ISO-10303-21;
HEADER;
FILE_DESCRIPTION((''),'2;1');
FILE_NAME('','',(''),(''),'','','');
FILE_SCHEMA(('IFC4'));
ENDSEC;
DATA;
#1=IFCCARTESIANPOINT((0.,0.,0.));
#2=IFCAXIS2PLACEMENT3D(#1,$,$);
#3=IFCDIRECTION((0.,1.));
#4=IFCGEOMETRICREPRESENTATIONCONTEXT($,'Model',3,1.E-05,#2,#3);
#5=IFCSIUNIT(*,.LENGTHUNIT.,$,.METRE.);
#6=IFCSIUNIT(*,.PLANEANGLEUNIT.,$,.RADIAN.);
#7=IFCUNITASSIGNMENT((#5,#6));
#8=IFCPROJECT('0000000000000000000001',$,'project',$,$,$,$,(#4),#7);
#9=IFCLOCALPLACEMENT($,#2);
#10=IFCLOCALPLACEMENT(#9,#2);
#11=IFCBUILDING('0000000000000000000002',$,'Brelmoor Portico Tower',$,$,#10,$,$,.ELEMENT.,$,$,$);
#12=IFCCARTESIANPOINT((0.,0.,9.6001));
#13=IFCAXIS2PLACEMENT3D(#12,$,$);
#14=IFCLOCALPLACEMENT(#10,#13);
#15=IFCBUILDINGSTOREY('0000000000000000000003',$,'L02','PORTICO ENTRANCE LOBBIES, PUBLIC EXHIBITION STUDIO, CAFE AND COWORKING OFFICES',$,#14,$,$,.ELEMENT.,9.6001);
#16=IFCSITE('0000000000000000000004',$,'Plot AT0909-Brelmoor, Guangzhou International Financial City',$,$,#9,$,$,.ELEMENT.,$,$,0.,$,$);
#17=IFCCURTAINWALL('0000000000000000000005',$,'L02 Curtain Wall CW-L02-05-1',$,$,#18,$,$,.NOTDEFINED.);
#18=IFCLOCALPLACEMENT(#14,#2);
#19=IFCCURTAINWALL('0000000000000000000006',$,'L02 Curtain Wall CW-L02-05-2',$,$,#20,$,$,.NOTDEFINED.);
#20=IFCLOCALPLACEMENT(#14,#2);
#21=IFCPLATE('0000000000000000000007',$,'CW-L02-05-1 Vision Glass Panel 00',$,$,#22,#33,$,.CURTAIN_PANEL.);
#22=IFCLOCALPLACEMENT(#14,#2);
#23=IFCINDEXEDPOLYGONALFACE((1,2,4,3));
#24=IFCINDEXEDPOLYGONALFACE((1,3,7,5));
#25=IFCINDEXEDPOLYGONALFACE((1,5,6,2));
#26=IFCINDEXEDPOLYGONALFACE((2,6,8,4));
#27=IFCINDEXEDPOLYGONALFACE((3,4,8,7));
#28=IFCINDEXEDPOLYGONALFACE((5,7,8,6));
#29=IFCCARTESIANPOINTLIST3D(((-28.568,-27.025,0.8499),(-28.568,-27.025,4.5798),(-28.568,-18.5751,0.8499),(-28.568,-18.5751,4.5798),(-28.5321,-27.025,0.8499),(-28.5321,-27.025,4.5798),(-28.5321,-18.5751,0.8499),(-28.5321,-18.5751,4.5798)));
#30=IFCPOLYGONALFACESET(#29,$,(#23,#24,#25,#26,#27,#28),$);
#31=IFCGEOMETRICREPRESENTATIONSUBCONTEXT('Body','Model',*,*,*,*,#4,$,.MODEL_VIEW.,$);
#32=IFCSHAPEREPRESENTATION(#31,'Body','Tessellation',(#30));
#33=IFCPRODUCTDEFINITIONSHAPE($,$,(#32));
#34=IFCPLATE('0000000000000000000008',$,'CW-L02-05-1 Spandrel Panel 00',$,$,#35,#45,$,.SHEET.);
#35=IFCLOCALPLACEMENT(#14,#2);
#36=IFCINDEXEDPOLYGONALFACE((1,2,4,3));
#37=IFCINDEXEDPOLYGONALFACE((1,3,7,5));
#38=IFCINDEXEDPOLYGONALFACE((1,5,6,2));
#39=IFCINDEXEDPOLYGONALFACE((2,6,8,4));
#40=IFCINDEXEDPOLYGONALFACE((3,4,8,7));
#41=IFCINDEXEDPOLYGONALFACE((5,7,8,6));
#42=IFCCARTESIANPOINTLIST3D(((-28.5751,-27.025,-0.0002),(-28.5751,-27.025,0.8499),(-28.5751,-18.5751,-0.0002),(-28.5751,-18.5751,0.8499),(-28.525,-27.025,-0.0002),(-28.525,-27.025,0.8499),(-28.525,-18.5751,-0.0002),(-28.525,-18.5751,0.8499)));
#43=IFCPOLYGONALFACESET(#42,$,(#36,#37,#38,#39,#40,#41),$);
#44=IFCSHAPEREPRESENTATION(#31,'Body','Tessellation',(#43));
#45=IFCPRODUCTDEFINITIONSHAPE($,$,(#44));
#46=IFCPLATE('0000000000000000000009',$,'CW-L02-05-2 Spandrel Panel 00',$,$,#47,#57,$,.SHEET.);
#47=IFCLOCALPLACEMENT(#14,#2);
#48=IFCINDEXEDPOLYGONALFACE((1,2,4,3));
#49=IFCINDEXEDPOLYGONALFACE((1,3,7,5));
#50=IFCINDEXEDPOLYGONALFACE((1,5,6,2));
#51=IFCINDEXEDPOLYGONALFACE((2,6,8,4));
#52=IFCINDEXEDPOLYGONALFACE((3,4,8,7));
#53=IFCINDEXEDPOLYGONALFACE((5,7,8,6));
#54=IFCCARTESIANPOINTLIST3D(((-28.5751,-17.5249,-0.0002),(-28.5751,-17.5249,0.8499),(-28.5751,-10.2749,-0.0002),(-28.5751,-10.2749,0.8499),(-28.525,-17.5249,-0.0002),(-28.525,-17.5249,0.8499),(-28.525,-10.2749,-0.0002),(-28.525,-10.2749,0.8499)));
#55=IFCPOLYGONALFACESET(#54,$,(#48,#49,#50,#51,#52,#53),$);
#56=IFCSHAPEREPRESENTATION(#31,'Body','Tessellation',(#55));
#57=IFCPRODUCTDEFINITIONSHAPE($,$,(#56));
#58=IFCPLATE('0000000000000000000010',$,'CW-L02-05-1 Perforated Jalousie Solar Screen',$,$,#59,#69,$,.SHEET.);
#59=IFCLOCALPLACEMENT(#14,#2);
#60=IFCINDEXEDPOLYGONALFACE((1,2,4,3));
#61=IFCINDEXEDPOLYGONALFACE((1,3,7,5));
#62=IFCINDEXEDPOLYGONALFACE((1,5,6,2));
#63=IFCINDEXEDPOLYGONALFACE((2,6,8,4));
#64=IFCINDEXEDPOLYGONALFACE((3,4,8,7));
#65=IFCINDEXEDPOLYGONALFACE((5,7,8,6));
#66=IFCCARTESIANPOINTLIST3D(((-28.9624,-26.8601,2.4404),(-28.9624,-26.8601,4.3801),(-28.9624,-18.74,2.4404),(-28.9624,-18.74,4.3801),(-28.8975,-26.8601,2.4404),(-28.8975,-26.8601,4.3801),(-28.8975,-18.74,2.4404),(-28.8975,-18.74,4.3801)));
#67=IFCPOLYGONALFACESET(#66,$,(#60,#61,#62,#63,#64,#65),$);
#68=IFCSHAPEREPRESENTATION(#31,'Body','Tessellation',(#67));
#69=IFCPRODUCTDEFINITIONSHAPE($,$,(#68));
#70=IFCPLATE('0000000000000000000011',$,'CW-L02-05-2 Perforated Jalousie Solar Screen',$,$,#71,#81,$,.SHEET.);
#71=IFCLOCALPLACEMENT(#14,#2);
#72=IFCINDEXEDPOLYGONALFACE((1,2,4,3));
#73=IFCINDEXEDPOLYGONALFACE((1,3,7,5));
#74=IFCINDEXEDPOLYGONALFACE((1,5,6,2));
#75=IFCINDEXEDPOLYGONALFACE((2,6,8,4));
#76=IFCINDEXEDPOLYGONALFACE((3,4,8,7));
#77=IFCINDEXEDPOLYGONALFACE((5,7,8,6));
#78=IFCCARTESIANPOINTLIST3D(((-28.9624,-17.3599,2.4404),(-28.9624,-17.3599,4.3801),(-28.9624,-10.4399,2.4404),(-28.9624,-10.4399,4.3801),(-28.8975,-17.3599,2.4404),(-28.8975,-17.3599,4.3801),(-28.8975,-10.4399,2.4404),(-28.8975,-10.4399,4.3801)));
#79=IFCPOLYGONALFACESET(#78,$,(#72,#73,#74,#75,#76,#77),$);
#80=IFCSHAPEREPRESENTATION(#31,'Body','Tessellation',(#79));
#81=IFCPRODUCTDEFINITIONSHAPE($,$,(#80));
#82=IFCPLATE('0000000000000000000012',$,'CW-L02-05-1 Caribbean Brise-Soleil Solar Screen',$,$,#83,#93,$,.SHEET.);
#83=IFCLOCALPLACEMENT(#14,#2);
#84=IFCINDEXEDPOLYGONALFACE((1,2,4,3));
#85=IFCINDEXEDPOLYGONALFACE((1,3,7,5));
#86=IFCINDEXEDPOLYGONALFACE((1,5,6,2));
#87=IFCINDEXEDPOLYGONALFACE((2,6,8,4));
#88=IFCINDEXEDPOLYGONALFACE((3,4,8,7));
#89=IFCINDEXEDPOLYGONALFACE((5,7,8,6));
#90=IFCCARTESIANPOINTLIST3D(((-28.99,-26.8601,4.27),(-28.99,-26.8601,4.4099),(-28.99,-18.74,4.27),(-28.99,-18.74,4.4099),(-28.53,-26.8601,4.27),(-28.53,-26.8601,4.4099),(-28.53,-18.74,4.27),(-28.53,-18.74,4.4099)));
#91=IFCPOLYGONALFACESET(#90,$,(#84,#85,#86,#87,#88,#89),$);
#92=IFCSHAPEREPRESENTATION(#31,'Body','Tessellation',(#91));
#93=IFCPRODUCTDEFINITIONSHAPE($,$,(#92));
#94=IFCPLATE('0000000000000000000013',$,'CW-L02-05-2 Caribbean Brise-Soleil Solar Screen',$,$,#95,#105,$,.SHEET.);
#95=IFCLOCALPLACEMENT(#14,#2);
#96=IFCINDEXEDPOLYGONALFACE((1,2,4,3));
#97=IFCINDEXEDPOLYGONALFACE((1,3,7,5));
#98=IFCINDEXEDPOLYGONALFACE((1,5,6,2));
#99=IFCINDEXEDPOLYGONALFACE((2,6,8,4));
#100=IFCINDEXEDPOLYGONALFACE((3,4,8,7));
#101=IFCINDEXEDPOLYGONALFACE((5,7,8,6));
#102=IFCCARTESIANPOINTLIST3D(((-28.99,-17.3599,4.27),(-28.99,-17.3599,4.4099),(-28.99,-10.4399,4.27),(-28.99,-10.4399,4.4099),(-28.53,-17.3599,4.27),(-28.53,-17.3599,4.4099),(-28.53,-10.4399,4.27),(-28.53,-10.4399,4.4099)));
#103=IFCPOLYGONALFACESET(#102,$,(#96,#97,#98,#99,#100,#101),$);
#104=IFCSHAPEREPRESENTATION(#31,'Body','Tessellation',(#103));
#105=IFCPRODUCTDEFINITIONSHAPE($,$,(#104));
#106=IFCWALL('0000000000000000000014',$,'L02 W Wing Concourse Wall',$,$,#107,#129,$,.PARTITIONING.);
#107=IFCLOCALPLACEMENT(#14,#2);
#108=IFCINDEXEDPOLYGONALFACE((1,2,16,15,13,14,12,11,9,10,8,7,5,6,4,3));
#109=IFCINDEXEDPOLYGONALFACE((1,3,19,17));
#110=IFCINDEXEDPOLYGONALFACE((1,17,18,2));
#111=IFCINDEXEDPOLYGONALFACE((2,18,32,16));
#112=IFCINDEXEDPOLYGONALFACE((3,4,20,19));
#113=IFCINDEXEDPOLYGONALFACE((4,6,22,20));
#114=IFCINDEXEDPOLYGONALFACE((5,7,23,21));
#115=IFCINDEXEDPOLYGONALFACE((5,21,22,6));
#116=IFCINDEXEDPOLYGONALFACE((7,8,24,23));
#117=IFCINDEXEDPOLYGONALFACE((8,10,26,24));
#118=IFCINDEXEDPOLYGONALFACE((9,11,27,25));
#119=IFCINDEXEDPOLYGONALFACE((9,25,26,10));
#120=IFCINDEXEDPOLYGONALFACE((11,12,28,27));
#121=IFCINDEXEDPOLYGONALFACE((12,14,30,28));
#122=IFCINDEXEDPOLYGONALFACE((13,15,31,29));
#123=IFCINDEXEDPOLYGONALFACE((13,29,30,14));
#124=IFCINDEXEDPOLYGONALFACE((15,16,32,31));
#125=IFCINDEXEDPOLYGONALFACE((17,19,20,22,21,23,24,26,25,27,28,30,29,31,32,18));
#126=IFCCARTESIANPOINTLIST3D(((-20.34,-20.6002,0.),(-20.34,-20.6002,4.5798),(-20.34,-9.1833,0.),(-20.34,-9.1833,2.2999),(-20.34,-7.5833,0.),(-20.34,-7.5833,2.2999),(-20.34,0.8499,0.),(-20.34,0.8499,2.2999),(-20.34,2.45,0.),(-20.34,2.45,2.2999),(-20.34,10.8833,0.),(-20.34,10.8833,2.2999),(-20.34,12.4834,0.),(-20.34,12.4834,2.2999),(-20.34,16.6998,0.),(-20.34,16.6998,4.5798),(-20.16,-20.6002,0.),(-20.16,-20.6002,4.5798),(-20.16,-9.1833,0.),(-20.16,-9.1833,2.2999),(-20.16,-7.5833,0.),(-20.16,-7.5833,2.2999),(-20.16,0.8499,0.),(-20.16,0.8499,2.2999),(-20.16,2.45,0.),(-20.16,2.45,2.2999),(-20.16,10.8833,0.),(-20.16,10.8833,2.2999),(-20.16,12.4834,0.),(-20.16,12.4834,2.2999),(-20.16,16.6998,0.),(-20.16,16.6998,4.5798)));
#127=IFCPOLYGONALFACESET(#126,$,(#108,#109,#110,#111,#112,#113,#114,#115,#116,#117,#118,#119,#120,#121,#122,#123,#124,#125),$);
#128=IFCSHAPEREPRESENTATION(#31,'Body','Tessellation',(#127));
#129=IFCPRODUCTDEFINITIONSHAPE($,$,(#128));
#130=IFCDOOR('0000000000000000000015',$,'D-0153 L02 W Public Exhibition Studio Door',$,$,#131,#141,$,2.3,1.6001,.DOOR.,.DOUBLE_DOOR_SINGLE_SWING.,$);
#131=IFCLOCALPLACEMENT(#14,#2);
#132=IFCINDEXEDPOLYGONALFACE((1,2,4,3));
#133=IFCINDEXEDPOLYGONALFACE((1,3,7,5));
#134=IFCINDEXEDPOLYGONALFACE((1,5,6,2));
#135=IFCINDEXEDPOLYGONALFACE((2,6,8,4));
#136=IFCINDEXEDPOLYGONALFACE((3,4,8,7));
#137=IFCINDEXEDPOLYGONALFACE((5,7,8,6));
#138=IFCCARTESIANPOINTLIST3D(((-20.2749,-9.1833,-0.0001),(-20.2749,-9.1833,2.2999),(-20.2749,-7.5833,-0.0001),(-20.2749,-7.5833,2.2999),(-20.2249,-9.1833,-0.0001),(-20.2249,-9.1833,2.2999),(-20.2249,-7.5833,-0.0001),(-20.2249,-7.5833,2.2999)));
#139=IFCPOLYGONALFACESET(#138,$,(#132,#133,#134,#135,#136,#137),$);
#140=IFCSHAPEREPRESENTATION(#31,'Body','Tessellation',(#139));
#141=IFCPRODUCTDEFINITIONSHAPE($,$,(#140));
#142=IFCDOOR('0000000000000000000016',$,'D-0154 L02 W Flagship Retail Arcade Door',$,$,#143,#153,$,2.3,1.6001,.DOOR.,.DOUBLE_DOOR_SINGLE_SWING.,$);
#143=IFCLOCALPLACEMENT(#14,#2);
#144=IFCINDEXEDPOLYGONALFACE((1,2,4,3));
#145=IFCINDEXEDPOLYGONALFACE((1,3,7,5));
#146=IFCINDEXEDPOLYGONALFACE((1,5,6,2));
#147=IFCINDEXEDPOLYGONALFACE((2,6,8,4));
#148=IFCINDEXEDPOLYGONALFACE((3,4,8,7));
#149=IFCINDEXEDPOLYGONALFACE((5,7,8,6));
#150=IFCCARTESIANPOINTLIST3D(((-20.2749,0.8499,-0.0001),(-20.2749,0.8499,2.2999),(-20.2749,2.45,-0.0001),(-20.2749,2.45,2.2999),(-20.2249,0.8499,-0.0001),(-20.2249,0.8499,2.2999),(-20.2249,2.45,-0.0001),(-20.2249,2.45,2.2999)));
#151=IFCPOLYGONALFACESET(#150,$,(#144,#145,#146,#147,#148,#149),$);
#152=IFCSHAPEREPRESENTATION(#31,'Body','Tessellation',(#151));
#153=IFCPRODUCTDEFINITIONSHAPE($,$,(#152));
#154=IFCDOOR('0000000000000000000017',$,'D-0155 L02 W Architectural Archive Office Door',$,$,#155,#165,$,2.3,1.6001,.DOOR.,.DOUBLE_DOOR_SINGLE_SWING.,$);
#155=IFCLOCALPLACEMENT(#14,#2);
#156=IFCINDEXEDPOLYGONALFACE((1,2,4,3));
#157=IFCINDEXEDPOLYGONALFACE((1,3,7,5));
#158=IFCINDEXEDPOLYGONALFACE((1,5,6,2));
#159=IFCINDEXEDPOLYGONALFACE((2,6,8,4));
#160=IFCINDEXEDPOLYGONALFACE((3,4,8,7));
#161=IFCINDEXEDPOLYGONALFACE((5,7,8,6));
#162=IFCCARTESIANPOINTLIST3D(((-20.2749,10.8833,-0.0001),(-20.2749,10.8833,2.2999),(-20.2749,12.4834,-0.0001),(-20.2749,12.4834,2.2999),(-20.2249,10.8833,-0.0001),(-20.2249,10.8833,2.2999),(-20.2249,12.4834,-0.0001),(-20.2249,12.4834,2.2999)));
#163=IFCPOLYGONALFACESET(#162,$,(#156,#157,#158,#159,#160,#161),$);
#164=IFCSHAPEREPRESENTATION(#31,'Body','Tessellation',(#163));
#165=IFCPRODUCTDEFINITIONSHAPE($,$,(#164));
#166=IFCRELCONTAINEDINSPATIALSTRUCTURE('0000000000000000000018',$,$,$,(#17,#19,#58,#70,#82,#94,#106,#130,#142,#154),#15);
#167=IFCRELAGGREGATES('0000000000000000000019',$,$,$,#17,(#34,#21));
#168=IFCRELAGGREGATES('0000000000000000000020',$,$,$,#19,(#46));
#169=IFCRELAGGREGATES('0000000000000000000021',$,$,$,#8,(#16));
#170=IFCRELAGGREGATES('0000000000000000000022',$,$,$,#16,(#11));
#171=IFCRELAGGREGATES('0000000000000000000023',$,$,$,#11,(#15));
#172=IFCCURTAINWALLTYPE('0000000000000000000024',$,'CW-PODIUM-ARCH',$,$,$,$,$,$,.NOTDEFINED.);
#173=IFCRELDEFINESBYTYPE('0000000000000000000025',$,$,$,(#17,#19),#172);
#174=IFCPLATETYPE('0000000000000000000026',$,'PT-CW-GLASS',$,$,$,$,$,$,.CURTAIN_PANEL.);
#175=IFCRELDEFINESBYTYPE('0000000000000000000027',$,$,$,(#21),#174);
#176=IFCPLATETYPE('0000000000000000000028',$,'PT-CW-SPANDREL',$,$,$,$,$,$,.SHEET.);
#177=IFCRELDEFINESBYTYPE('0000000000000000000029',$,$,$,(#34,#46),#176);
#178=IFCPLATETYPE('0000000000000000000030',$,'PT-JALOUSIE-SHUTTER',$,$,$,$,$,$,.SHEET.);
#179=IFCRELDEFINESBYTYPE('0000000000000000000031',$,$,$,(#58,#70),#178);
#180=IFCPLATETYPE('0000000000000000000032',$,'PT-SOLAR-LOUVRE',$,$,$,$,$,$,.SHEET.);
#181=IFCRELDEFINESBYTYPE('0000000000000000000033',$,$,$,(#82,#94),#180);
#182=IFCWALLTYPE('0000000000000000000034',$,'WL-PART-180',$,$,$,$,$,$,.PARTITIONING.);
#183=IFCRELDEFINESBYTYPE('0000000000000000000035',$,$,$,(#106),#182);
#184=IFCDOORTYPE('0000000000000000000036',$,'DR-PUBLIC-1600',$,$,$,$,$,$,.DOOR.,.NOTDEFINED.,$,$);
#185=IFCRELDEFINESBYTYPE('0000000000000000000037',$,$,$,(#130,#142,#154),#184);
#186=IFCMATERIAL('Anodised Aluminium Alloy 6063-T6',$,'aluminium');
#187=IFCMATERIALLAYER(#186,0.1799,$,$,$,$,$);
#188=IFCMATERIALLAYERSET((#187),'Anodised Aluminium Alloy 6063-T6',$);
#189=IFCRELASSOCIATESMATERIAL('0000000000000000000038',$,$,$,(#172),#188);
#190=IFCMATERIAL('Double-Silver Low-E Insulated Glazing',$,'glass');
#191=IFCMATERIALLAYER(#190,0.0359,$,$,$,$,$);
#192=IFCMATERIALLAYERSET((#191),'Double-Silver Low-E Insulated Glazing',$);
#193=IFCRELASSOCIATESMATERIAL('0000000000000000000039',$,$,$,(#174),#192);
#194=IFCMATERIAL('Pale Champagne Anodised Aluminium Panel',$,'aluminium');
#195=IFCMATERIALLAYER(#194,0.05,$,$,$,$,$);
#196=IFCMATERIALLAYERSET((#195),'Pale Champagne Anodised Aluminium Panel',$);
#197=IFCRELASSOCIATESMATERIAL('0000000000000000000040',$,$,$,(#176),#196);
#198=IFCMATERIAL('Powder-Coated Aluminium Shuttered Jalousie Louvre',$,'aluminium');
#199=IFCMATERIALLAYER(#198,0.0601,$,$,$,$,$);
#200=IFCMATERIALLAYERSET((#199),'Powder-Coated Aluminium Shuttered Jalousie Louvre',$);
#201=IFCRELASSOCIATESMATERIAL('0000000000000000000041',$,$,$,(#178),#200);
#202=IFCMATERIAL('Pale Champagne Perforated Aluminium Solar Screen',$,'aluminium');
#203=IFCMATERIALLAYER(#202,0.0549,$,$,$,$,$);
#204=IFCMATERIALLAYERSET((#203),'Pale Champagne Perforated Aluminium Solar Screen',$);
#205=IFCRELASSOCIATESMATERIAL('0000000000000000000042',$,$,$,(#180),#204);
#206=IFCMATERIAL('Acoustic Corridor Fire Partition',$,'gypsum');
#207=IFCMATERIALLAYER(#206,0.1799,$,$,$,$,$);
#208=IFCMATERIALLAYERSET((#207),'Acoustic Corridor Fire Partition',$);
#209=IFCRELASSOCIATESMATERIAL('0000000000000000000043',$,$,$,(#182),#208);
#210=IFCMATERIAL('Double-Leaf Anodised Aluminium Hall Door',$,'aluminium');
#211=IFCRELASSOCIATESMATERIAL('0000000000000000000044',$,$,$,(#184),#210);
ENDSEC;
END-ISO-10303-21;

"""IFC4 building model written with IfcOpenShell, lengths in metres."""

from ifc_helpers import new_model, si_unit, direction, frame, frame_2d, origin, origin_2d, place, context, subcontext, project, spatial, rectangle, extrude, material, layer, layer_set, type_object, element, fill, aggregate, save


model = new_model("IFC4")

# Units and contexts
model_context = context("Model", 3, precision=1e-05, world=origin(), true_north=direction((0.0, 1.0)))
body_context = subcontext(model_context, "Body", "Model", "MODEL_VIEW")
ifc_project = project(units=[si_unit("LENGTHUNIT", "METRE"), si_unit("PLANEANGLEUNIT", "RADIAN")], contexts=[model_context])

# Site, building, storey
site_placement = place(None, origin())
site = spatial("IfcSite", under=ifc_project, at=site_placement, Name="Plot AT0909-Brelmoor, Guangzhou International Financial City", CompositionType="ELEMENT", RefElevation=0.0)
building_placement = place(site_placement, origin())
building = spatial("IfcBuilding", under=site, at=building_placement, Name="Brelmoor Portico Tower", CompositionType="ELEMENT")
storey_placement = place(building_placement, frame((0.0, 0.0, 9.6001)))
storey = spatial("IfcBuildingStorey", under=building, at=storey_placement, Name="L02", Description="PORTICO ENTRANCE LOBBIES, PUBLIC EXHIBITION STUDIO, CAFE AND COWORKING OFFICES", CompositionType="ELEMENT", Elevation=9.6001)

# Curtain walls
ifc_material_1 = material(Name="Anodised Aluminium Alloy 6063-T6", Category="aluminium")
ifc_layer_1 = layer(ifc_material_1, 0.1799)
ifc_layer_set_1 = layer_set([ifc_layer_1], Name="Anodised Aluminium Alloy 6063-T6")
curtain_wall_type = type_object("IfcCurtainWallType", Name="CW-PODIUM-ARCH", PredefinedType="NOTDEFINED", material=ifc_layer_set_1)
curtain_wall_1_placement = place(storey_placement, origin())
curtain_wall_1 = element("IfcCurtainWall", 1, at=curtain_wall_1_placement, inside=storey, type_object=curtain_wall_type, Name="L02 Curtain Wall CW-L02-05-1", PredefinedType="NOTDEFINED")
curtain_wall_2_placement = place(storey_placement, origin())
curtain_wall_2 = element("IfcCurtainWall", 2, at=curtain_wall_2_placement, inside=storey, type_object=curtain_wall_type, Name="L02 Curtain Wall CW-L02-05-2", PredefinedType="NOTDEFINED")

# Plates
ifc_material_2 = material(Name="Double-Silver Low-E Insulated Glazing", Category="glass")
ifc_layer_2 = layer(ifc_material_2, 0.0359)
ifc_layer_set_2 = layer_set([ifc_layer_2], Name="Double-Silver Low-E Insulated Glazing")
plate_type_1 = type_object("IfcPlateType", Name="PT-CW-GLASS", PredefinedType="CURTAIN_PANEL", material=ifc_layer_set_2)
plate_1_placement = place(storey_placement, frame((-28.55, -22.8, 0.8499), z_axis=(0.0, 0.0, 1.0), x_axis=(0.0, 1.0, 0.0)))
plate_1 = element("IfcPlate", 3, at=plate_1_placement, type_object=plate_type_1, Name="CW-L02-05-1 Vision Glass Panel 00", PredefinedType="CURTAIN_PANEL", context=body_context, shape_type="SweptSolid", body=[
    extrude(rectangle(XDim=8.45, YDim=0.0359, at=origin_2d()), origin(), (0.0, 0.0, 1.0), 3.73),
])
ifc_material_3 = material(Name="Pale Champagne Anodised Aluminium Panel", Category="aluminium")
ifc_layer_3 = layer(ifc_material_3, 0.05)
ifc_layer_set_3 = layer_set([ifc_layer_3], Name="Pale Champagne Anodised Aluminium Panel")
plate_type_2 = type_object("IfcPlateType", Name="PT-CW-SPANDREL", PredefinedType="SHEET", material=ifc_layer_set_3)
plate_2_placement = place(storey_placement, frame((-28.55, -22.8, -0.0002), z_axis=(0.0, 0.0, 1.0), x_axis=(0.0, 1.0, 0.0)))
plate_2 = element("IfcPlate", 4, at=plate_2_placement, type_object=plate_type_2, Name="CW-L02-05-1 Spandrel Panel 00", PredefinedType="SHEET", context=body_context, shape_type="SweptSolid", body=[
    extrude(rectangle(XDim=8.45, YDim=0.05, at=origin_2d()), origin(), (0.0, 0.0, 1.0), 0.8501),
])
aggregate(curtain_wall_1, [plate_2, plate_1])
plate_3_placement = place(storey_placement, frame((-28.55, -13.8999, -0.0002), z_axis=(0.0, 0.0, 1.0), x_axis=(0.0, 1.0, 0.0)))
plate_3 = element("IfcPlate", 5, at=plate_3_placement, type_object=plate_type_2, Name="CW-L02-05-2 Spandrel Panel 00", PredefinedType="SHEET", context=body_context, shape_type="SweptSolid", body=[
    extrude(rectangle(XDim=7.25, YDim=0.05, at=origin_2d()), origin(), (0.0, 0.0, 1.0), 0.8501),
])
aggregate(curtain_wall_2, [plate_3])

# Plates
ifc_material_4 = material(Name="Powder-Coated Aluminium Shuttered Jalousie Louvre", Category="aluminium")
ifc_layer_4 = layer(ifc_material_4, 0.0601)
ifc_layer_set_4 = layer_set([ifc_layer_4], Name="Powder-Coated Aluminium Shuttered Jalousie Louvre")
plate_type_3 = type_object("IfcPlateType", Name="PT-JALOUSIE-SHUTTER", PredefinedType="SHEET", material=ifc_layer_set_4)
plate_4_placement = place(storey_placement, frame((-28.9299, -22.8, 2.4404), z_axis=(0.0, 0.0, 1.0), x_axis=(0.0, 1.0, 0.0)))
element("IfcPlate", 6, at=plate_4_placement, inside=storey, type_object=plate_type_3, Name="CW-L02-05-1 Perforated Jalousie Solar Screen", PredefinedType="SHEET", context=body_context, shape_type="SweptSolid", body=[
    extrude(rectangle(XDim=8.1201, YDim=0.0649, at=origin_2d()), origin(), (0.0, 0.0, 1.0), 1.9397),
])
plate_5_placement = place(storey_placement, frame((-28.9299, -13.8999, 2.4404), z_axis=(0.0, 0.0, 1.0), x_axis=(0.0, 1.0, 0.0)))
element("IfcPlate", 7, at=plate_5_placement, inside=storey, type_object=plate_type_3, Name="CW-L02-05-2 Perforated Jalousie Solar Screen", PredefinedType="SHEET", context=body_context, shape_type="SweptSolid", body=[
    extrude(rectangle(XDim=6.9199, YDim=0.0649, at=origin_2d()), origin(), (0.0, 0.0, 1.0), 1.9397),
])
ifc_material_5 = material(Name="Pale Champagne Perforated Aluminium Solar Screen", Category="aluminium")
ifc_layer_5 = layer(ifc_material_5, 0.0549)
ifc_layer_set_5 = layer_set([ifc_layer_5], Name="Pale Champagne Perforated Aluminium Solar Screen")
plate_type_4 = type_object("IfcPlateType", Name="PT-SOLAR-LOUVRE", PredefinedType="SHEET", material=ifc_layer_set_5)
plate_6_placement = place(storey_placement, frame((-28.76, -22.8, 4.27), z_axis=(0.0, 0.0, 1.0), x_axis=(0.0, 1.0, 0.0)))
element("IfcPlate", 8, at=plate_6_placement, inside=storey, type_object=plate_type_4, Name="CW-L02-05-1 Caribbean Brise-Soleil Solar Screen", PredefinedType="SHEET", context=body_context, shape_type="SweptSolid", body=[
    extrude(rectangle(XDim=8.1201, YDim=0.46, at=origin_2d()), origin(), (0.0, 0.0, 1.0), 0.1399),
])
plate_7_placement = place(storey_placement, frame((-28.76, -13.8999, 4.27), z_axis=(0.0, 0.0, 1.0), x_axis=(0.0, 1.0, 0.0)))
element("IfcPlate", 9, at=plate_7_placement, inside=storey, type_object=plate_type_4, Name="CW-L02-05-2 Caribbean Brise-Soleil Solar Screen", PredefinedType="SHEET", context=body_context, shape_type="SweptSolid", body=[
    extrude(rectangle(XDim=6.9199, YDim=0.46, at=origin_2d()), origin(), (0.0, 0.0, 1.0), 0.1399),
])

# Wall, openings, doors
ifc_material_6 = material(Name="Acoustic Corridor Fire Partition", Category="gypsum")
ifc_layer_6 = layer(ifc_material_6, 0.1799)
ifc_layer_set_6 = layer_set([ifc_layer_6], Name="Acoustic Corridor Fire Partition")
wall_type = type_object("IfcWallType", Name="WL-PART-180", PredefinedType="PARTITIONING", material=ifc_layer_set_6)
wall_1_placement = place(storey_placement, frame((-20.25, -20.6001, 0.0), z_axis=(0.0, 0.0, 1.0), x_axis=(0.0, 1.0, 0.0)))
wall_1 = element("IfcWall", 10, at=wall_1_placement, inside=storey, type_object=wall_type, Name="L02 W Wing Concourse Wall", PredefinedType="PARTITIONING", context=body_context, shape_type="SweptSolid", body=[
    extrude(rectangle(XDim=37.3, YDim=0.1799, at=frame_2d((18.6499, 0.0))), origin(), (0.0, 0.0, 1.0), 4.5798),
])
opening_1_placement = place(wall_1_placement, frame((11.4167, 0.0, 0.0)))
opening_1 = element("IfcOpeningElement", 11, at=opening_1_placement, cuts=wall_1, PredefinedType="OPENING", context=body_context, shape_type="SweptSolid", body=[
    extrude(rectangle(XDim=1.6001, YDim=2.3, at=frame_2d((0.8, 1.1499))), frame((0.0, 0.0999, 0.0), z_axis=(0.0, -1.0, 0.0), x_axis=(1.0, 0.0, 0.0)), (0.0, 0.0, 1.0), 0.2),
])
opening_2_placement = place(wall_1_placement, frame((21.45, 0.0, 0.0)))
opening_2 = element("IfcOpeningElement", 12, at=opening_2_placement, cuts=wall_1, PredefinedType="OPENING", context=body_context, shape_type="SweptSolid", body=[
    extrude(rectangle(XDim=1.6001, YDim=2.3, at=frame_2d((0.8, 1.1499))), frame((0.0, 0.0999, 0.0), z_axis=(0.0, -1.0, 0.0), x_axis=(1.0, 0.0, 0.0)), (0.0, 0.0, 1.0), 0.2),
])
opening_3_placement = place(wall_1_placement, frame((31.4834, 0.0, 0.0)))
opening_3 = element("IfcOpeningElement", 13, at=opening_3_placement, cuts=wall_1, PredefinedType="OPENING", context=body_context, shape_type="SweptSolid", body=[
    extrude(rectangle(XDim=1.6001, YDim=2.3, at=frame_2d((0.8, 1.1499))), frame((0.0, 0.0999, 0.0), z_axis=(0.0, -1.0, 0.0), x_axis=(1.0, 0.0, 0.0)), (0.0, 0.0, 1.0), 0.2),
])
ifc_material_7 = material(Name="Double-Leaf Anodised Aluminium Hall Door", Category="aluminium")
door_type = type_object("IfcDoorType", Name="DR-PUBLIC-1600", OperationType="NOTDEFINED", PredefinedType="DOOR", material=ifc_material_7)
door_1_placement = place(opening_1_placement, origin())
door_1 = element("IfcDoor", 14, at=door_1_placement, inside=storey, type_object=door_type, Name="D-0153 L02 W Public Exhibition Studio Door", OperationType="DOUBLE_DOOR_SINGLE_SWING", OverallHeight=2.3, OverallWidth=1.6001, PredefinedType="DOOR", context=body_context, shape_type="SweptSolid", body=[
    extrude(rectangle(XDim=1.6001, YDim=2.3, at=frame_2d((0.8, 1.1499))), frame((0.0, 0.0249, 0.0), z_axis=(0.0, -1.0, 0.0), x_axis=(1.0, 0.0, 0.0)), (0.0, 0.0, 1.0), 0.05),
])
fill(opening_1, door_1)
door_2_placement = place(opening_2_placement, origin())
door_2 = element("IfcDoor", 15, at=door_2_placement, inside=storey, type_object=door_type, Name="D-0154 L02 W Flagship Retail Arcade Door", OperationType="DOUBLE_DOOR_SINGLE_SWING", OverallHeight=2.3, OverallWidth=1.6001, PredefinedType="DOOR", context=body_context, shape_type="SweptSolid", body=[
    extrude(rectangle(XDim=1.6001, YDim=2.3, at=frame_2d((0.8, 1.1499))), frame((0.0, 0.0249, 0.0), z_axis=(0.0, -1.0, 0.0), x_axis=(1.0, 0.0, 0.0)), (0.0, 0.0, 1.0), 0.05),
])
fill(opening_2, door_2)
door_3_placement = place(opening_3_placement, origin())
door_3 = element("IfcDoor", 16, at=door_3_placement, inside=storey, type_object=door_type, Name="D-0155 L02 W Architectural Archive Office Door", OperationType="DOUBLE_DOOR_SINGLE_SWING", OverallHeight=2.3, OverallWidth=1.6001, PredefinedType="DOOR", context=body_context, shape_type="SweptSolid", body=[
    extrude(rectangle(XDim=1.6001, YDim=2.3, at=frame_2d((0.8, 1.1499))), frame((0.0, 0.0249, 0.0), z_axis=(0.0, -1.0, 0.0), x_axis=(1.0, 0.0, 0.0)), (0.0, 0.0, 1.0), 0.05),
])
fill(opening_3, door_3)

save(model, "model.ifc")
